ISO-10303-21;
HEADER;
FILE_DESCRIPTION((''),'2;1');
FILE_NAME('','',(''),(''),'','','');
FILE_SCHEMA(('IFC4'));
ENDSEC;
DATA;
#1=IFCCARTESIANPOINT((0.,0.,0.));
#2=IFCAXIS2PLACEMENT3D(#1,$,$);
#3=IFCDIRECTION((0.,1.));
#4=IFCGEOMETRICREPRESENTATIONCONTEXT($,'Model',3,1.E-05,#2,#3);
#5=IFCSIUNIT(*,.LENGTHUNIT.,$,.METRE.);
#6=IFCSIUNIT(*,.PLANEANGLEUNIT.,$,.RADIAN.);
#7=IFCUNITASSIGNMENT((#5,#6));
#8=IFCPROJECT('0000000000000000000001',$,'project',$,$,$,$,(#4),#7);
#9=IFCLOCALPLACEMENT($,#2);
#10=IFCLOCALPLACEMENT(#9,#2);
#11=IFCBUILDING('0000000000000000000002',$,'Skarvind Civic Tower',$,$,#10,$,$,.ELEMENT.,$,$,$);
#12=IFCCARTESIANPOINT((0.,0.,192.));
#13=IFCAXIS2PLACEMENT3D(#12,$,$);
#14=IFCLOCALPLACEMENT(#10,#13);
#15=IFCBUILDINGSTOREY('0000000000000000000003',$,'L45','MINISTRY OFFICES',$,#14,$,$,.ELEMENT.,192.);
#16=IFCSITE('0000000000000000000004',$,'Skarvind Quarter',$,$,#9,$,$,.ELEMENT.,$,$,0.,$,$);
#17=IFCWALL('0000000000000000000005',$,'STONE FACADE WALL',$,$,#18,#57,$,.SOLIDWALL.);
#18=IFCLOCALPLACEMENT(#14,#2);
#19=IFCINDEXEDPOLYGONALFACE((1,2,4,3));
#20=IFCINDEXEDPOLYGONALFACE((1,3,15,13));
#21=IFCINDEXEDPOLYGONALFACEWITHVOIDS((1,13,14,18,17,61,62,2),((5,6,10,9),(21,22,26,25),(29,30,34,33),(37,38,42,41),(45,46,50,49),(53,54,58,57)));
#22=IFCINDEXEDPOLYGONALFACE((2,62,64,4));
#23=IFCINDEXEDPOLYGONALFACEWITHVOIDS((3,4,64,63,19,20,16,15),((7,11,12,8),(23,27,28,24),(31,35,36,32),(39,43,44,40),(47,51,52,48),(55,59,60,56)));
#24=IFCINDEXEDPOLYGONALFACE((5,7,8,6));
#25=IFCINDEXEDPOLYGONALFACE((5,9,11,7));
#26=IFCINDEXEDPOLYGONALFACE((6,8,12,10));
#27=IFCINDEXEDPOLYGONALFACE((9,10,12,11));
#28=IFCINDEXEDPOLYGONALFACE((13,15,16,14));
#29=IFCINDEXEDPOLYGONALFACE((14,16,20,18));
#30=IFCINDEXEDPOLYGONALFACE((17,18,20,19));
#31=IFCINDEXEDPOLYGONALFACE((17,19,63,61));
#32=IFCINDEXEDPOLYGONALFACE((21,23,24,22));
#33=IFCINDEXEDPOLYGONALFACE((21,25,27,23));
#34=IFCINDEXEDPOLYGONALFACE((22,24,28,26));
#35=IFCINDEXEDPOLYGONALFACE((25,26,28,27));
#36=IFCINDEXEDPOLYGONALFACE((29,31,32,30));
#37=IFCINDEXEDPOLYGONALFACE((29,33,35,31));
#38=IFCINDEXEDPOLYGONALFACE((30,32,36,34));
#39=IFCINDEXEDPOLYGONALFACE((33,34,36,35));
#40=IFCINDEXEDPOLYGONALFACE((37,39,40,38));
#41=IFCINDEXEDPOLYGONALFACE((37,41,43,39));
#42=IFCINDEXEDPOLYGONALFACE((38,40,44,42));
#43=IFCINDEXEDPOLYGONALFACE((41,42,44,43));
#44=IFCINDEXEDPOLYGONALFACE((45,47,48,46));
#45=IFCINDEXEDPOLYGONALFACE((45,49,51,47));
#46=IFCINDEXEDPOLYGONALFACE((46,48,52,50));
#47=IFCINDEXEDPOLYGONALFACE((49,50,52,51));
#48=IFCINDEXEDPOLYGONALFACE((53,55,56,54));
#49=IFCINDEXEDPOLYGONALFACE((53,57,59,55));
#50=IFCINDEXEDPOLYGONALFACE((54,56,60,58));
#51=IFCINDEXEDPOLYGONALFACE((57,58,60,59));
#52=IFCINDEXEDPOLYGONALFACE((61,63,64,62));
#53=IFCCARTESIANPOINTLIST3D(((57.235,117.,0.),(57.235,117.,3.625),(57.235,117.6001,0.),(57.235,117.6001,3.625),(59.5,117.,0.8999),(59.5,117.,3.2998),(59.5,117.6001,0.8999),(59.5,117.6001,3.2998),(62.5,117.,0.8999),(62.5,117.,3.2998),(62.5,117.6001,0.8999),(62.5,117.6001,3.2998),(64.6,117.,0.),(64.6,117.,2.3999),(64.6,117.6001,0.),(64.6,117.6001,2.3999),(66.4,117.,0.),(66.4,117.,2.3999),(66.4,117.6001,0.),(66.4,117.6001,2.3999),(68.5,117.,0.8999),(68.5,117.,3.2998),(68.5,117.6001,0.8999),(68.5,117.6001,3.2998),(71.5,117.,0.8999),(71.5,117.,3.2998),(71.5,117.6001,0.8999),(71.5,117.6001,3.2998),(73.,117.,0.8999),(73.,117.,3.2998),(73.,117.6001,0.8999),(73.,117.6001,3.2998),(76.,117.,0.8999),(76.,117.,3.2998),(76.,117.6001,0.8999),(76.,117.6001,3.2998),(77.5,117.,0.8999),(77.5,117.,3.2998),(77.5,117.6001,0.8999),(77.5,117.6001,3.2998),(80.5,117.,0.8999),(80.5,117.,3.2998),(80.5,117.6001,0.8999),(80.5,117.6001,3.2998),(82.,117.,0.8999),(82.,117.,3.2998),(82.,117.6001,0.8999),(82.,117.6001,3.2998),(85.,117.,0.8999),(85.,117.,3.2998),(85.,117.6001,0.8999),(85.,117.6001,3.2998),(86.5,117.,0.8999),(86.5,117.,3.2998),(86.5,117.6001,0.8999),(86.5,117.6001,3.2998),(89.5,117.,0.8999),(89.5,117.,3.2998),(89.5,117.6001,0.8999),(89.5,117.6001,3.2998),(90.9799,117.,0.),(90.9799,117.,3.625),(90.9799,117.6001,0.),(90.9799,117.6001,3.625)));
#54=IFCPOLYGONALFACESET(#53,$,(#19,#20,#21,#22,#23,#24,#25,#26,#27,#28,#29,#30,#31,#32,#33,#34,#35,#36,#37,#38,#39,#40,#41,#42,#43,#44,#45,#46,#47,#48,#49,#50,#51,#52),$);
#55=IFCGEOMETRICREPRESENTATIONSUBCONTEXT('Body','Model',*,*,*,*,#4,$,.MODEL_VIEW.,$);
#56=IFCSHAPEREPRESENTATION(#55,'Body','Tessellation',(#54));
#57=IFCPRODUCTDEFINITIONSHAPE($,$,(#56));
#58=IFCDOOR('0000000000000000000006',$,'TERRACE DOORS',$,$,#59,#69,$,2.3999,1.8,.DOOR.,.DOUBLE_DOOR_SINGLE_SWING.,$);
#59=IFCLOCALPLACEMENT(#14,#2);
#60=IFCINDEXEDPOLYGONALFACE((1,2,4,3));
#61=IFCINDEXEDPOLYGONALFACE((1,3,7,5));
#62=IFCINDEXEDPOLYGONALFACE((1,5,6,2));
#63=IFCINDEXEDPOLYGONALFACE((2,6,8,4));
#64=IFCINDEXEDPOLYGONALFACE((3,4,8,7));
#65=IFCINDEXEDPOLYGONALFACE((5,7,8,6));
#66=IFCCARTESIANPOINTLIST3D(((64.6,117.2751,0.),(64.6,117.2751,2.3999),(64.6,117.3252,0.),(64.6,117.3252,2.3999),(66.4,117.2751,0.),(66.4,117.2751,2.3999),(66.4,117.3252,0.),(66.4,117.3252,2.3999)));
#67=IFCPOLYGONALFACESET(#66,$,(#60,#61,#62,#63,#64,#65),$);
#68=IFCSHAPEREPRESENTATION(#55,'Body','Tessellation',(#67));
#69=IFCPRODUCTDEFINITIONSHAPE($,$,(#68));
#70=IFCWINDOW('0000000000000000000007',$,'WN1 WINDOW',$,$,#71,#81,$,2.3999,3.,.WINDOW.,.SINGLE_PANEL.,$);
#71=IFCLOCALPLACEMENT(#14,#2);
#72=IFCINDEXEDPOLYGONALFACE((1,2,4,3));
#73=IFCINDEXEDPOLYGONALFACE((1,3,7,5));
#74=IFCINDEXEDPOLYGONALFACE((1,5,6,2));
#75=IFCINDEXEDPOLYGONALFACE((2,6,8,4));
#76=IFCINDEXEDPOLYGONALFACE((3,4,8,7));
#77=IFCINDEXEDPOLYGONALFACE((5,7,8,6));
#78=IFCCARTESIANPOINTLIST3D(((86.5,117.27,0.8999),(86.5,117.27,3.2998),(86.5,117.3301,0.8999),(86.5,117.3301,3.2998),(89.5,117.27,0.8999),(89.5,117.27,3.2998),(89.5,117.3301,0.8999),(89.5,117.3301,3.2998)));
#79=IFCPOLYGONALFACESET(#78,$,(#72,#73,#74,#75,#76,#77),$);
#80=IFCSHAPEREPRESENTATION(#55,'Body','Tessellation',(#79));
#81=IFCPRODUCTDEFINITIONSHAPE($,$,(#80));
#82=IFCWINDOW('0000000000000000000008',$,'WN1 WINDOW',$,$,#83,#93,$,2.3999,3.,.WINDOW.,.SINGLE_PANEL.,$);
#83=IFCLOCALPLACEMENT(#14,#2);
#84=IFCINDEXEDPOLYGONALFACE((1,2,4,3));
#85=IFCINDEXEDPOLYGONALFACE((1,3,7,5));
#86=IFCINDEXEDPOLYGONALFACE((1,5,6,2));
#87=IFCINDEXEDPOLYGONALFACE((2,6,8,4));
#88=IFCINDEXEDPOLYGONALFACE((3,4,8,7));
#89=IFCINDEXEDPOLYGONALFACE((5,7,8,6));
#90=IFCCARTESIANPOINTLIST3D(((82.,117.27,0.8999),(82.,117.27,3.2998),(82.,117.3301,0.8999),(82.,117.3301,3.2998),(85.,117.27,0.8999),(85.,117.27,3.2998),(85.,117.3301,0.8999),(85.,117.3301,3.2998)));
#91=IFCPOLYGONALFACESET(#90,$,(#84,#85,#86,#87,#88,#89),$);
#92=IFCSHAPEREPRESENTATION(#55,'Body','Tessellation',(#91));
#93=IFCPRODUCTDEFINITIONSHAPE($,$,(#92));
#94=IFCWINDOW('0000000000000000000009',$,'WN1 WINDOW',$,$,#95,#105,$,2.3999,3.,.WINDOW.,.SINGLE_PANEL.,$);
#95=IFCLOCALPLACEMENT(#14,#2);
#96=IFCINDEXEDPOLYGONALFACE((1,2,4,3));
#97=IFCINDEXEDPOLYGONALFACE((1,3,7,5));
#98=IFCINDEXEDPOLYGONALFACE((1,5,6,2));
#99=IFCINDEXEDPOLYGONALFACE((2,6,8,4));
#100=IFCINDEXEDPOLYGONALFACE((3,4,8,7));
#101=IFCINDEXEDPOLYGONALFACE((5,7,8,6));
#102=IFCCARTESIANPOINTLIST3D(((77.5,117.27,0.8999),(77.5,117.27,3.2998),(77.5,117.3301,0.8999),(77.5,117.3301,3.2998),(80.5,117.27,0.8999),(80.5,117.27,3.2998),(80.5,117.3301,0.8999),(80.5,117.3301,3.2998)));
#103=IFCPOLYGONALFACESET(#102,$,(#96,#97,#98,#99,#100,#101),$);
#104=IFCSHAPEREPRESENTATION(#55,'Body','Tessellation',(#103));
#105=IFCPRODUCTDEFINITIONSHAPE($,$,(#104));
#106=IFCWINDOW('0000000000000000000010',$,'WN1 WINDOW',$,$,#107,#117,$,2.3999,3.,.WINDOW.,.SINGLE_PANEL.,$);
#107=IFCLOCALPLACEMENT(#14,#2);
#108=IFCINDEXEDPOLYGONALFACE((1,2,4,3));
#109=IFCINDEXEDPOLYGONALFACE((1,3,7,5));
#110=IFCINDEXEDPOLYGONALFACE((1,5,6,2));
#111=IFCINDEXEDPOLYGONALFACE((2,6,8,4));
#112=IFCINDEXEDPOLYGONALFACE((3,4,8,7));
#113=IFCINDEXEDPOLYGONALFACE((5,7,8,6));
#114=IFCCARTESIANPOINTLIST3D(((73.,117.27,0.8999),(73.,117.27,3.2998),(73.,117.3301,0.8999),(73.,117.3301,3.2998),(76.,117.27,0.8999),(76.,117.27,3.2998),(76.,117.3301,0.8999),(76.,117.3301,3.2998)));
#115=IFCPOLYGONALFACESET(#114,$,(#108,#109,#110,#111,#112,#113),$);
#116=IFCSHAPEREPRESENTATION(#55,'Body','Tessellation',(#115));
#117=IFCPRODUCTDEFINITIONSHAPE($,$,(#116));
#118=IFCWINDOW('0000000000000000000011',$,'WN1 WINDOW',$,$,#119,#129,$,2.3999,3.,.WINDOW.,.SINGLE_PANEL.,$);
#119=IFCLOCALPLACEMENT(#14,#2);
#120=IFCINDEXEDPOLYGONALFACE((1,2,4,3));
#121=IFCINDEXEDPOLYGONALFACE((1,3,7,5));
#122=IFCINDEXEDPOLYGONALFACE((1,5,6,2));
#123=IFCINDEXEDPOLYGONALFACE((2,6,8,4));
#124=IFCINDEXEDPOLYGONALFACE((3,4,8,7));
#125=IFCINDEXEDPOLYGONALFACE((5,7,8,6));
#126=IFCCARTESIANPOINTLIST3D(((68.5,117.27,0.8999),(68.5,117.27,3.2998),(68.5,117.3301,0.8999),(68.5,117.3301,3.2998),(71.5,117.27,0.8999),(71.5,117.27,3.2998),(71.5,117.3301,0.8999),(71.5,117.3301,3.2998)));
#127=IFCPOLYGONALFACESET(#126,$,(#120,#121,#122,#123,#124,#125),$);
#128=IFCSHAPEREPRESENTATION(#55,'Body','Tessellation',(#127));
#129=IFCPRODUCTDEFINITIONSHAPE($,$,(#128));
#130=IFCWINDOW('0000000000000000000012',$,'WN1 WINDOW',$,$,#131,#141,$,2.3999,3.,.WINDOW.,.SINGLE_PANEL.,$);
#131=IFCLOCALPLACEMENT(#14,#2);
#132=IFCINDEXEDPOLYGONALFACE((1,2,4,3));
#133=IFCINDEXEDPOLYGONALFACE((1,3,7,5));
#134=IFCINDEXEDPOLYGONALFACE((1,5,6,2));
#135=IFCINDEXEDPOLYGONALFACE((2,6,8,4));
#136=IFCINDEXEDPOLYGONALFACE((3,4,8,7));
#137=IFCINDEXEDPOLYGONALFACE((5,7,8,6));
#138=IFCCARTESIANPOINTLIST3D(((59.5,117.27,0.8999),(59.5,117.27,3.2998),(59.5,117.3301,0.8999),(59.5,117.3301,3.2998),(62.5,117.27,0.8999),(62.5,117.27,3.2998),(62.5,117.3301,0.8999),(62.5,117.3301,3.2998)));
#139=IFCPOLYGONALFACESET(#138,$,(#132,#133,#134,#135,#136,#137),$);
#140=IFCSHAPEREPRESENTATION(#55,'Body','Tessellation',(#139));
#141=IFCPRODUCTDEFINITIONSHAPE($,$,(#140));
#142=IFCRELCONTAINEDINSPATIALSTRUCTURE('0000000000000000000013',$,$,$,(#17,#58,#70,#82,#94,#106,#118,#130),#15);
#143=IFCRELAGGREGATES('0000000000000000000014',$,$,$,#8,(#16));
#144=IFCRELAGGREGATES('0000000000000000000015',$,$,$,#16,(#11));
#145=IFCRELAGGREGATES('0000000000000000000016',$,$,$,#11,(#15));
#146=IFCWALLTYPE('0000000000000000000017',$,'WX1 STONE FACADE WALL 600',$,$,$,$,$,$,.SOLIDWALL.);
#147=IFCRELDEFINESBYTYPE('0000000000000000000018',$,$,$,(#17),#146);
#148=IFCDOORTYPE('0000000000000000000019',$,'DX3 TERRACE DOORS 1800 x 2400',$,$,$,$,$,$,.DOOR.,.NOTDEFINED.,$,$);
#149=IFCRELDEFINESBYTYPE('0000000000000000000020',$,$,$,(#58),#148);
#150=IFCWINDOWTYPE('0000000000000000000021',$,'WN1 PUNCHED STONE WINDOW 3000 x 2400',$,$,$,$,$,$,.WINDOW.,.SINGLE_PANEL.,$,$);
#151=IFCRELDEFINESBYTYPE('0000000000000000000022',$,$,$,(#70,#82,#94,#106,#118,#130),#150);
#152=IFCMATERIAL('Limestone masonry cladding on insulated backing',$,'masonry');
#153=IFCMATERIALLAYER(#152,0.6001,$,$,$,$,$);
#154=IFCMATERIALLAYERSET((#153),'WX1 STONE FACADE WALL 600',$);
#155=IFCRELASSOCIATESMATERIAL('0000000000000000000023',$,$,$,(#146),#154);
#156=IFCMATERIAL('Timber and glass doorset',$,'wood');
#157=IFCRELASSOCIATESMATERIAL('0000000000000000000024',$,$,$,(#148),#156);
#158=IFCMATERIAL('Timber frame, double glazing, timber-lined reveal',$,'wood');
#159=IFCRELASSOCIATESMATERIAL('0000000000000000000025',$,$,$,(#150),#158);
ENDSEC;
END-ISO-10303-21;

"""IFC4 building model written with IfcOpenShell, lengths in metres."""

from ifc_helpers import new_model, si_unit, direction, frame, frame_2d, origin, place, context, subcontext, project, spatial, rectangle, extrude, material, layer, layer_set, type_object, element, fill, save


model = new_model("IFC4")

# Units and contexts
model_context = context("Model", 3, precision=1e-05, world=origin(), true_north=direction((0.0, 1.0)))
body_context = subcontext(model_context, "Body", "Model", "MODEL_VIEW")
ifc_project = project(units=[si_unit("LENGTHUNIT", "METRE"), si_unit("PLANEANGLEUNIT", "RADIAN")], contexts=[model_context])

# Site, building, storey
site_placement = place(None, origin())
site = spatial("IfcSite", under=ifc_project, at=site_placement, Name="Skarvind Quarter", CompositionType="ELEMENT", RefElevation=0.0)
building_placement = place(site_placement, origin())
building = spatial("IfcBuilding", under=site, at=building_placement, Name="Skarvind Civic Tower", CompositionType="ELEMENT")
storey_placement = place(building_placement, frame((0.0, 0.0, 192.0)))
storey = spatial("IfcBuildingStorey", under=building, at=storey_placement, Name="L45", Description="MINISTRY OFFICES", CompositionType="ELEMENT", Elevation=192.0)

# Wall, openings, door, windows
ifc_material_1 = material(Name="Limestone masonry cladding on insulated backing", Category="masonry")
ifc_layer_1 = layer(ifc_material_1, 0.6001)
ifc_layer_set_1 = layer_set([ifc_layer_1], Name="WX1 STONE FACADE WALL 600")
wall_type_1 = type_object("IfcWallType", Name="WX1 STONE FACADE WALL 600", PredefinedType="SOLIDWALL", material=ifc_layer_set_1)
wall_1_placement = place(storey_placement, frame((90.98, 117.3, 0.0), z_axis=(0.0, 0.0, 1.0), x_axis=(-1.0, 0.0, 0.0)))
wall_1 = element("IfcWall", 1, at=wall_1_placement, inside=storey, type_object=wall_type_1, Name="STONE FACADE WALL", PredefinedType="SOLIDWALL", context=body_context, shape_type="SweptSolid", body=[
    extrude(rectangle(XDim=33.7449, YDim=0.6001, at=frame_2d((16.8726, 0.0))), origin(), (0.0, 0.0, 1.0), 3.625),
])
opening_1_placement = place(wall_1_placement, frame((1.48, 0.0, 0.8999)))
opening_1 = element("IfcOpeningElement", 2, at=opening_1_placement, cuts=wall_1, PredefinedType="OPENING", context=body_context, shape_type="SweptSolid", body=[
    extrude(rectangle(XDim=3.0, YDim=2.3999, at=frame_2d((1.5, 1.2))), frame((0.0, 0.3101, 0.0), z_axis=(0.0, -1.0, 0.0), x_axis=(1.0, 0.0, 0.0)), (0.0, 0.0, 1.0), 0.6201),
])
opening_2_placement = place(wall_1_placement, frame((5.98, 0.0, 0.8999)))
opening_2 = element("IfcOpeningElement", 3, at=opening_2_placement, cuts=wall_1, PredefinedType="OPENING", context=body_context, shape_type="SweptSolid", body=[
    extrude(rectangle(XDim=3.0, YDim=2.3999, at=frame_2d((1.5, 1.2))), frame((0.0, 0.3101, 0.0), z_axis=(0.0, -1.0, 0.0), x_axis=(1.0, 0.0, 0.0)), (0.0, 0.0, 1.0), 0.6201),
])
opening_3_placement = place(wall_1_placement, frame((10.48, 0.0, 0.8999)))
opening_3 = element("IfcOpeningElement", 4, at=opening_3_placement, cuts=wall_1, PredefinedType="OPENING", context=body_context, shape_type="SweptSolid", body=[
    extrude(rectangle(XDim=3.0, YDim=2.3999, at=frame_2d((1.5, 1.2))), frame((0.0, 0.3101, 0.0), z_axis=(0.0, -1.0, 0.0), x_axis=(1.0, 0.0, 0.0)), (0.0, 0.0, 1.0), 0.6201),
])
opening_4_placement = place(wall_1_placement, frame((14.98, 0.0, 0.8999)))
opening_4 = element("IfcOpeningElement", 5, at=opening_4_placement, cuts=wall_1, PredefinedType="OPENING", context=body_context, shape_type="SweptSolid", body=[
    extrude(rectangle(XDim=3.0, YDim=2.3999, at=frame_2d((1.5, 1.2))), frame((0.0, 0.3101, 0.0), z_axis=(0.0, -1.0, 0.0), x_axis=(1.0, 0.0, 0.0)), (0.0, 0.0, 1.0), 0.6201),
])
opening_5_placement = place(wall_1_placement, frame((19.48, 0.0, 0.8999)))
opening_5 = element("IfcOpeningElement", 6, at=opening_5_placement, cuts=wall_1, PredefinedType="OPENING", context=body_context, shape_type="SweptSolid", body=[
    extrude(rectangle(XDim=3.0, YDim=2.3999, at=frame_2d((1.5, 1.2))), frame((0.0, 0.3101, 0.0), z_axis=(0.0, -1.0, 0.0), x_axis=(1.0, 0.0, 0.0)), (0.0, 0.0, 1.0), 0.6201),
])
opening_6_placement = place(wall_1_placement, frame((24.5801, 0.0, 0.0)))
opening_6 = element("IfcOpeningElement", 7, at=opening_6_placement, cuts=wall_1, PredefinedType="OPENING", context=body_context, shape_type="SweptSolid", body=[
    extrude(rectangle(XDim=1.8, YDim=2.3999, at=frame_2d((0.8999, 1.2))), frame((0.0, 0.3101, 0.0), z_axis=(0.0, -1.0, 0.0), x_axis=(1.0, 0.0, 0.0)), (0.0, 0.0, 1.0), 0.6201),
])
opening_7_placement = place(wall_1_placement, frame((28.48, 0.0, 0.8999)))
opening_7 = element("IfcOpeningElement", 8, at=opening_7_placement, cuts=wall_1, PredefinedType="OPENING", context=body_context, shape_type="SweptSolid", body=[
    extrude(rectangle(XDim=3.0, YDim=2.3999, at=frame_2d((1.5, 1.2))), frame((0.0, 0.3101, 0.0), z_axis=(0.0, -1.0, 0.0), x_axis=(1.0, 0.0, 0.0)), (0.0, 0.0, 1.0), 0.6201),
])
ifc_material_2 = material(Name="Timber and glass doorset", Category="wood")
door_type_1 = type_object("IfcDoorType", Name="DX3 TERRACE DOORS 1800 x 2400", OperationType="NOTDEFINED", PredefinedType="DOOR", material=ifc_material_2)
door_1_placement = place(opening_6_placement, origin())
door_1 = element("IfcDoor", 9, at=door_1_placement, inside=storey, type_object=door_type_1, Name="TERRACE DOORS", OperationType="DOUBLE_DOOR_SINGLE_SWING", OverallHeight=2.3999, OverallWidth=1.8, PredefinedType="DOOR", context=body_context, shape_type="SweptSolid", body=[
    extrude(rectangle(XDim=1.8, YDim=2.3999, at=frame_2d((0.8999, 1.2))), frame((0.0, 0.0249, 0.0), z_axis=(0.0, -1.0, 0.0), x_axis=(1.0, 0.0, 0.0)), (0.0, 0.0, 1.0), 0.05),
])
fill(opening_6, door_1)
ifc_material_3 = material(Name="Timber frame, double glazing, timber-lined reveal", Category="wood")
window_type = type_object("IfcWindowType", Name="WN1 PUNCHED STONE WINDOW 3000 x 2400", PartitioningType="SINGLE_PANEL", PredefinedType="WINDOW", material=ifc_material_3)
window_1_placement = place(opening_1_placement, origin())
window_1 = element("IfcWindow", 10, at=window_1_placement, inside=storey, type_object=window_type, Name="WN1 WINDOW", OverallHeight=2.3999, OverallWidth=3.0, PartitioningType="SINGLE_PANEL", PredefinedType="WINDOW", context=body_context, shape_type="SweptSolid", body=[
    extrude(rectangle(XDim=3.0, YDim=2.3999, at=frame_2d((1.5, 1.2))), frame((0.0, 0.03, 0.0), z_axis=(0.0, -1.0, 0.0), x_axis=(1.0, 0.0, 0.0)), (0.0, 0.0, 1.0), 0.0601),
])
fill(opening_1, window_1)
window_2_placement = place(opening_2_placement, origin())
window_2 = element("IfcWindow", 11, at=window_2_placement, inside=storey, type_object=window_type, Name="WN1 WINDOW", OverallHeight=2.3999, OverallWidth=3.0, PartitioningType="SINGLE_PANEL", PredefinedType="WINDOW", context=body_context, shape_type="SweptSolid", body=[
    extrude(rectangle(XDim=3.0, YDim=2.3999, at=frame_2d((1.5, 1.2))), frame((0.0, 0.03, 0.0), z_axis=(0.0, -1.0, 0.0), x_axis=(1.0, 0.0, 0.0)), (0.0, 0.0, 1.0), 0.0601),
])
fill(opening_2, window_2)
window_3_placement = place(opening_3_placement, origin())
window_3 = element("IfcWindow", 12, at=window_3_placement, inside=storey, type_object=window_type, Name="WN1 WINDOW", OverallHeight=2.3999, OverallWidth=3.0, PartitioningType="SINGLE_PANEL", PredefinedType="WINDOW", context=body_context, shape_type="SweptSolid", body=[
    extrude(rectangle(XDim=3.0, YDim=2.3999, at=frame_2d((1.5, 1.2))), frame((0.0, 0.03, 0.0), z_axis=(0.0, -1.0, 0.0), x_axis=(1.0, 0.0, 0.0)), (0.0, 0.0, 1.0), 0.0601),
])
fill(opening_3, window_3)
window_4_placement = place(opening_4_placement, origin())
window_4 = element("IfcWindow", 13, at=window_4_placement, inside=storey, type_object=window_type, Name="WN1 WINDOW", OverallHeight=2.3999, OverallWidth=3.0, PartitioningType="SINGLE_PANEL", PredefinedType="WINDOW", context=body_context, shape_type="SweptSolid", body=[
    extrude(rectangle(XDim=3.0, YDim=2.3999, at=frame_2d((1.5, 1.2))), frame((0.0, 0.03, 0.0), z_axis=(0.0, -1.0, 0.0), x_axis=(1.0, 0.0, 0.0)), (0.0, 0.0, 1.0), 0.0601),
])
fill(opening_4, window_4)
window_5_placement = place(opening_5_placement, origin())
window_5 = element("IfcWindow", 14, at=window_5_placement, inside=storey, type_object=window_type, Name="WN1 WINDOW", OverallHeight=2.3999, OverallWidth=3.0, PartitioningType="SINGLE_PANEL", PredefinedType="WINDOW", context=body_context, shape_type="SweptSolid", body=[
    extrude(rectangle(XDim=3.0, YDim=2.3999, at=frame_2d((1.5, 1.2))), frame((0.0, 0.03, 0.0), z_axis=(0.0, -1.0, 0.0), x_axis=(1.0, 0.0, 0.0)), (0.0, 0.0, 1.0), 0.0601),
])
fill(opening_5, window_5)
window_6_placement = place(opening_7_placement, origin())
window_6 = element("IfcWindow", 15, at=window_6_placement, inside=storey, type_object=window_type, Name="WN1 WINDOW", OverallHeight=2.3999, OverallWidth=3.0, PartitioningType="SINGLE_PANEL", PredefinedType="WINDOW", context=body_context, shape_type="SweptSolid", body=[
    extrude(rectangle(XDim=3.0, YDim=2.3999, at=frame_2d((1.5, 1.2))), frame((0.0, 0.03, 0.0), z_axis=(0.0, -1.0, 0.0), x_axis=(1.0, 0.0, 0.0)), (0.0, 0.0, 1.0), 0.0601),
])
fill(opening_7, window_6)

save(model, "model.ifc")
